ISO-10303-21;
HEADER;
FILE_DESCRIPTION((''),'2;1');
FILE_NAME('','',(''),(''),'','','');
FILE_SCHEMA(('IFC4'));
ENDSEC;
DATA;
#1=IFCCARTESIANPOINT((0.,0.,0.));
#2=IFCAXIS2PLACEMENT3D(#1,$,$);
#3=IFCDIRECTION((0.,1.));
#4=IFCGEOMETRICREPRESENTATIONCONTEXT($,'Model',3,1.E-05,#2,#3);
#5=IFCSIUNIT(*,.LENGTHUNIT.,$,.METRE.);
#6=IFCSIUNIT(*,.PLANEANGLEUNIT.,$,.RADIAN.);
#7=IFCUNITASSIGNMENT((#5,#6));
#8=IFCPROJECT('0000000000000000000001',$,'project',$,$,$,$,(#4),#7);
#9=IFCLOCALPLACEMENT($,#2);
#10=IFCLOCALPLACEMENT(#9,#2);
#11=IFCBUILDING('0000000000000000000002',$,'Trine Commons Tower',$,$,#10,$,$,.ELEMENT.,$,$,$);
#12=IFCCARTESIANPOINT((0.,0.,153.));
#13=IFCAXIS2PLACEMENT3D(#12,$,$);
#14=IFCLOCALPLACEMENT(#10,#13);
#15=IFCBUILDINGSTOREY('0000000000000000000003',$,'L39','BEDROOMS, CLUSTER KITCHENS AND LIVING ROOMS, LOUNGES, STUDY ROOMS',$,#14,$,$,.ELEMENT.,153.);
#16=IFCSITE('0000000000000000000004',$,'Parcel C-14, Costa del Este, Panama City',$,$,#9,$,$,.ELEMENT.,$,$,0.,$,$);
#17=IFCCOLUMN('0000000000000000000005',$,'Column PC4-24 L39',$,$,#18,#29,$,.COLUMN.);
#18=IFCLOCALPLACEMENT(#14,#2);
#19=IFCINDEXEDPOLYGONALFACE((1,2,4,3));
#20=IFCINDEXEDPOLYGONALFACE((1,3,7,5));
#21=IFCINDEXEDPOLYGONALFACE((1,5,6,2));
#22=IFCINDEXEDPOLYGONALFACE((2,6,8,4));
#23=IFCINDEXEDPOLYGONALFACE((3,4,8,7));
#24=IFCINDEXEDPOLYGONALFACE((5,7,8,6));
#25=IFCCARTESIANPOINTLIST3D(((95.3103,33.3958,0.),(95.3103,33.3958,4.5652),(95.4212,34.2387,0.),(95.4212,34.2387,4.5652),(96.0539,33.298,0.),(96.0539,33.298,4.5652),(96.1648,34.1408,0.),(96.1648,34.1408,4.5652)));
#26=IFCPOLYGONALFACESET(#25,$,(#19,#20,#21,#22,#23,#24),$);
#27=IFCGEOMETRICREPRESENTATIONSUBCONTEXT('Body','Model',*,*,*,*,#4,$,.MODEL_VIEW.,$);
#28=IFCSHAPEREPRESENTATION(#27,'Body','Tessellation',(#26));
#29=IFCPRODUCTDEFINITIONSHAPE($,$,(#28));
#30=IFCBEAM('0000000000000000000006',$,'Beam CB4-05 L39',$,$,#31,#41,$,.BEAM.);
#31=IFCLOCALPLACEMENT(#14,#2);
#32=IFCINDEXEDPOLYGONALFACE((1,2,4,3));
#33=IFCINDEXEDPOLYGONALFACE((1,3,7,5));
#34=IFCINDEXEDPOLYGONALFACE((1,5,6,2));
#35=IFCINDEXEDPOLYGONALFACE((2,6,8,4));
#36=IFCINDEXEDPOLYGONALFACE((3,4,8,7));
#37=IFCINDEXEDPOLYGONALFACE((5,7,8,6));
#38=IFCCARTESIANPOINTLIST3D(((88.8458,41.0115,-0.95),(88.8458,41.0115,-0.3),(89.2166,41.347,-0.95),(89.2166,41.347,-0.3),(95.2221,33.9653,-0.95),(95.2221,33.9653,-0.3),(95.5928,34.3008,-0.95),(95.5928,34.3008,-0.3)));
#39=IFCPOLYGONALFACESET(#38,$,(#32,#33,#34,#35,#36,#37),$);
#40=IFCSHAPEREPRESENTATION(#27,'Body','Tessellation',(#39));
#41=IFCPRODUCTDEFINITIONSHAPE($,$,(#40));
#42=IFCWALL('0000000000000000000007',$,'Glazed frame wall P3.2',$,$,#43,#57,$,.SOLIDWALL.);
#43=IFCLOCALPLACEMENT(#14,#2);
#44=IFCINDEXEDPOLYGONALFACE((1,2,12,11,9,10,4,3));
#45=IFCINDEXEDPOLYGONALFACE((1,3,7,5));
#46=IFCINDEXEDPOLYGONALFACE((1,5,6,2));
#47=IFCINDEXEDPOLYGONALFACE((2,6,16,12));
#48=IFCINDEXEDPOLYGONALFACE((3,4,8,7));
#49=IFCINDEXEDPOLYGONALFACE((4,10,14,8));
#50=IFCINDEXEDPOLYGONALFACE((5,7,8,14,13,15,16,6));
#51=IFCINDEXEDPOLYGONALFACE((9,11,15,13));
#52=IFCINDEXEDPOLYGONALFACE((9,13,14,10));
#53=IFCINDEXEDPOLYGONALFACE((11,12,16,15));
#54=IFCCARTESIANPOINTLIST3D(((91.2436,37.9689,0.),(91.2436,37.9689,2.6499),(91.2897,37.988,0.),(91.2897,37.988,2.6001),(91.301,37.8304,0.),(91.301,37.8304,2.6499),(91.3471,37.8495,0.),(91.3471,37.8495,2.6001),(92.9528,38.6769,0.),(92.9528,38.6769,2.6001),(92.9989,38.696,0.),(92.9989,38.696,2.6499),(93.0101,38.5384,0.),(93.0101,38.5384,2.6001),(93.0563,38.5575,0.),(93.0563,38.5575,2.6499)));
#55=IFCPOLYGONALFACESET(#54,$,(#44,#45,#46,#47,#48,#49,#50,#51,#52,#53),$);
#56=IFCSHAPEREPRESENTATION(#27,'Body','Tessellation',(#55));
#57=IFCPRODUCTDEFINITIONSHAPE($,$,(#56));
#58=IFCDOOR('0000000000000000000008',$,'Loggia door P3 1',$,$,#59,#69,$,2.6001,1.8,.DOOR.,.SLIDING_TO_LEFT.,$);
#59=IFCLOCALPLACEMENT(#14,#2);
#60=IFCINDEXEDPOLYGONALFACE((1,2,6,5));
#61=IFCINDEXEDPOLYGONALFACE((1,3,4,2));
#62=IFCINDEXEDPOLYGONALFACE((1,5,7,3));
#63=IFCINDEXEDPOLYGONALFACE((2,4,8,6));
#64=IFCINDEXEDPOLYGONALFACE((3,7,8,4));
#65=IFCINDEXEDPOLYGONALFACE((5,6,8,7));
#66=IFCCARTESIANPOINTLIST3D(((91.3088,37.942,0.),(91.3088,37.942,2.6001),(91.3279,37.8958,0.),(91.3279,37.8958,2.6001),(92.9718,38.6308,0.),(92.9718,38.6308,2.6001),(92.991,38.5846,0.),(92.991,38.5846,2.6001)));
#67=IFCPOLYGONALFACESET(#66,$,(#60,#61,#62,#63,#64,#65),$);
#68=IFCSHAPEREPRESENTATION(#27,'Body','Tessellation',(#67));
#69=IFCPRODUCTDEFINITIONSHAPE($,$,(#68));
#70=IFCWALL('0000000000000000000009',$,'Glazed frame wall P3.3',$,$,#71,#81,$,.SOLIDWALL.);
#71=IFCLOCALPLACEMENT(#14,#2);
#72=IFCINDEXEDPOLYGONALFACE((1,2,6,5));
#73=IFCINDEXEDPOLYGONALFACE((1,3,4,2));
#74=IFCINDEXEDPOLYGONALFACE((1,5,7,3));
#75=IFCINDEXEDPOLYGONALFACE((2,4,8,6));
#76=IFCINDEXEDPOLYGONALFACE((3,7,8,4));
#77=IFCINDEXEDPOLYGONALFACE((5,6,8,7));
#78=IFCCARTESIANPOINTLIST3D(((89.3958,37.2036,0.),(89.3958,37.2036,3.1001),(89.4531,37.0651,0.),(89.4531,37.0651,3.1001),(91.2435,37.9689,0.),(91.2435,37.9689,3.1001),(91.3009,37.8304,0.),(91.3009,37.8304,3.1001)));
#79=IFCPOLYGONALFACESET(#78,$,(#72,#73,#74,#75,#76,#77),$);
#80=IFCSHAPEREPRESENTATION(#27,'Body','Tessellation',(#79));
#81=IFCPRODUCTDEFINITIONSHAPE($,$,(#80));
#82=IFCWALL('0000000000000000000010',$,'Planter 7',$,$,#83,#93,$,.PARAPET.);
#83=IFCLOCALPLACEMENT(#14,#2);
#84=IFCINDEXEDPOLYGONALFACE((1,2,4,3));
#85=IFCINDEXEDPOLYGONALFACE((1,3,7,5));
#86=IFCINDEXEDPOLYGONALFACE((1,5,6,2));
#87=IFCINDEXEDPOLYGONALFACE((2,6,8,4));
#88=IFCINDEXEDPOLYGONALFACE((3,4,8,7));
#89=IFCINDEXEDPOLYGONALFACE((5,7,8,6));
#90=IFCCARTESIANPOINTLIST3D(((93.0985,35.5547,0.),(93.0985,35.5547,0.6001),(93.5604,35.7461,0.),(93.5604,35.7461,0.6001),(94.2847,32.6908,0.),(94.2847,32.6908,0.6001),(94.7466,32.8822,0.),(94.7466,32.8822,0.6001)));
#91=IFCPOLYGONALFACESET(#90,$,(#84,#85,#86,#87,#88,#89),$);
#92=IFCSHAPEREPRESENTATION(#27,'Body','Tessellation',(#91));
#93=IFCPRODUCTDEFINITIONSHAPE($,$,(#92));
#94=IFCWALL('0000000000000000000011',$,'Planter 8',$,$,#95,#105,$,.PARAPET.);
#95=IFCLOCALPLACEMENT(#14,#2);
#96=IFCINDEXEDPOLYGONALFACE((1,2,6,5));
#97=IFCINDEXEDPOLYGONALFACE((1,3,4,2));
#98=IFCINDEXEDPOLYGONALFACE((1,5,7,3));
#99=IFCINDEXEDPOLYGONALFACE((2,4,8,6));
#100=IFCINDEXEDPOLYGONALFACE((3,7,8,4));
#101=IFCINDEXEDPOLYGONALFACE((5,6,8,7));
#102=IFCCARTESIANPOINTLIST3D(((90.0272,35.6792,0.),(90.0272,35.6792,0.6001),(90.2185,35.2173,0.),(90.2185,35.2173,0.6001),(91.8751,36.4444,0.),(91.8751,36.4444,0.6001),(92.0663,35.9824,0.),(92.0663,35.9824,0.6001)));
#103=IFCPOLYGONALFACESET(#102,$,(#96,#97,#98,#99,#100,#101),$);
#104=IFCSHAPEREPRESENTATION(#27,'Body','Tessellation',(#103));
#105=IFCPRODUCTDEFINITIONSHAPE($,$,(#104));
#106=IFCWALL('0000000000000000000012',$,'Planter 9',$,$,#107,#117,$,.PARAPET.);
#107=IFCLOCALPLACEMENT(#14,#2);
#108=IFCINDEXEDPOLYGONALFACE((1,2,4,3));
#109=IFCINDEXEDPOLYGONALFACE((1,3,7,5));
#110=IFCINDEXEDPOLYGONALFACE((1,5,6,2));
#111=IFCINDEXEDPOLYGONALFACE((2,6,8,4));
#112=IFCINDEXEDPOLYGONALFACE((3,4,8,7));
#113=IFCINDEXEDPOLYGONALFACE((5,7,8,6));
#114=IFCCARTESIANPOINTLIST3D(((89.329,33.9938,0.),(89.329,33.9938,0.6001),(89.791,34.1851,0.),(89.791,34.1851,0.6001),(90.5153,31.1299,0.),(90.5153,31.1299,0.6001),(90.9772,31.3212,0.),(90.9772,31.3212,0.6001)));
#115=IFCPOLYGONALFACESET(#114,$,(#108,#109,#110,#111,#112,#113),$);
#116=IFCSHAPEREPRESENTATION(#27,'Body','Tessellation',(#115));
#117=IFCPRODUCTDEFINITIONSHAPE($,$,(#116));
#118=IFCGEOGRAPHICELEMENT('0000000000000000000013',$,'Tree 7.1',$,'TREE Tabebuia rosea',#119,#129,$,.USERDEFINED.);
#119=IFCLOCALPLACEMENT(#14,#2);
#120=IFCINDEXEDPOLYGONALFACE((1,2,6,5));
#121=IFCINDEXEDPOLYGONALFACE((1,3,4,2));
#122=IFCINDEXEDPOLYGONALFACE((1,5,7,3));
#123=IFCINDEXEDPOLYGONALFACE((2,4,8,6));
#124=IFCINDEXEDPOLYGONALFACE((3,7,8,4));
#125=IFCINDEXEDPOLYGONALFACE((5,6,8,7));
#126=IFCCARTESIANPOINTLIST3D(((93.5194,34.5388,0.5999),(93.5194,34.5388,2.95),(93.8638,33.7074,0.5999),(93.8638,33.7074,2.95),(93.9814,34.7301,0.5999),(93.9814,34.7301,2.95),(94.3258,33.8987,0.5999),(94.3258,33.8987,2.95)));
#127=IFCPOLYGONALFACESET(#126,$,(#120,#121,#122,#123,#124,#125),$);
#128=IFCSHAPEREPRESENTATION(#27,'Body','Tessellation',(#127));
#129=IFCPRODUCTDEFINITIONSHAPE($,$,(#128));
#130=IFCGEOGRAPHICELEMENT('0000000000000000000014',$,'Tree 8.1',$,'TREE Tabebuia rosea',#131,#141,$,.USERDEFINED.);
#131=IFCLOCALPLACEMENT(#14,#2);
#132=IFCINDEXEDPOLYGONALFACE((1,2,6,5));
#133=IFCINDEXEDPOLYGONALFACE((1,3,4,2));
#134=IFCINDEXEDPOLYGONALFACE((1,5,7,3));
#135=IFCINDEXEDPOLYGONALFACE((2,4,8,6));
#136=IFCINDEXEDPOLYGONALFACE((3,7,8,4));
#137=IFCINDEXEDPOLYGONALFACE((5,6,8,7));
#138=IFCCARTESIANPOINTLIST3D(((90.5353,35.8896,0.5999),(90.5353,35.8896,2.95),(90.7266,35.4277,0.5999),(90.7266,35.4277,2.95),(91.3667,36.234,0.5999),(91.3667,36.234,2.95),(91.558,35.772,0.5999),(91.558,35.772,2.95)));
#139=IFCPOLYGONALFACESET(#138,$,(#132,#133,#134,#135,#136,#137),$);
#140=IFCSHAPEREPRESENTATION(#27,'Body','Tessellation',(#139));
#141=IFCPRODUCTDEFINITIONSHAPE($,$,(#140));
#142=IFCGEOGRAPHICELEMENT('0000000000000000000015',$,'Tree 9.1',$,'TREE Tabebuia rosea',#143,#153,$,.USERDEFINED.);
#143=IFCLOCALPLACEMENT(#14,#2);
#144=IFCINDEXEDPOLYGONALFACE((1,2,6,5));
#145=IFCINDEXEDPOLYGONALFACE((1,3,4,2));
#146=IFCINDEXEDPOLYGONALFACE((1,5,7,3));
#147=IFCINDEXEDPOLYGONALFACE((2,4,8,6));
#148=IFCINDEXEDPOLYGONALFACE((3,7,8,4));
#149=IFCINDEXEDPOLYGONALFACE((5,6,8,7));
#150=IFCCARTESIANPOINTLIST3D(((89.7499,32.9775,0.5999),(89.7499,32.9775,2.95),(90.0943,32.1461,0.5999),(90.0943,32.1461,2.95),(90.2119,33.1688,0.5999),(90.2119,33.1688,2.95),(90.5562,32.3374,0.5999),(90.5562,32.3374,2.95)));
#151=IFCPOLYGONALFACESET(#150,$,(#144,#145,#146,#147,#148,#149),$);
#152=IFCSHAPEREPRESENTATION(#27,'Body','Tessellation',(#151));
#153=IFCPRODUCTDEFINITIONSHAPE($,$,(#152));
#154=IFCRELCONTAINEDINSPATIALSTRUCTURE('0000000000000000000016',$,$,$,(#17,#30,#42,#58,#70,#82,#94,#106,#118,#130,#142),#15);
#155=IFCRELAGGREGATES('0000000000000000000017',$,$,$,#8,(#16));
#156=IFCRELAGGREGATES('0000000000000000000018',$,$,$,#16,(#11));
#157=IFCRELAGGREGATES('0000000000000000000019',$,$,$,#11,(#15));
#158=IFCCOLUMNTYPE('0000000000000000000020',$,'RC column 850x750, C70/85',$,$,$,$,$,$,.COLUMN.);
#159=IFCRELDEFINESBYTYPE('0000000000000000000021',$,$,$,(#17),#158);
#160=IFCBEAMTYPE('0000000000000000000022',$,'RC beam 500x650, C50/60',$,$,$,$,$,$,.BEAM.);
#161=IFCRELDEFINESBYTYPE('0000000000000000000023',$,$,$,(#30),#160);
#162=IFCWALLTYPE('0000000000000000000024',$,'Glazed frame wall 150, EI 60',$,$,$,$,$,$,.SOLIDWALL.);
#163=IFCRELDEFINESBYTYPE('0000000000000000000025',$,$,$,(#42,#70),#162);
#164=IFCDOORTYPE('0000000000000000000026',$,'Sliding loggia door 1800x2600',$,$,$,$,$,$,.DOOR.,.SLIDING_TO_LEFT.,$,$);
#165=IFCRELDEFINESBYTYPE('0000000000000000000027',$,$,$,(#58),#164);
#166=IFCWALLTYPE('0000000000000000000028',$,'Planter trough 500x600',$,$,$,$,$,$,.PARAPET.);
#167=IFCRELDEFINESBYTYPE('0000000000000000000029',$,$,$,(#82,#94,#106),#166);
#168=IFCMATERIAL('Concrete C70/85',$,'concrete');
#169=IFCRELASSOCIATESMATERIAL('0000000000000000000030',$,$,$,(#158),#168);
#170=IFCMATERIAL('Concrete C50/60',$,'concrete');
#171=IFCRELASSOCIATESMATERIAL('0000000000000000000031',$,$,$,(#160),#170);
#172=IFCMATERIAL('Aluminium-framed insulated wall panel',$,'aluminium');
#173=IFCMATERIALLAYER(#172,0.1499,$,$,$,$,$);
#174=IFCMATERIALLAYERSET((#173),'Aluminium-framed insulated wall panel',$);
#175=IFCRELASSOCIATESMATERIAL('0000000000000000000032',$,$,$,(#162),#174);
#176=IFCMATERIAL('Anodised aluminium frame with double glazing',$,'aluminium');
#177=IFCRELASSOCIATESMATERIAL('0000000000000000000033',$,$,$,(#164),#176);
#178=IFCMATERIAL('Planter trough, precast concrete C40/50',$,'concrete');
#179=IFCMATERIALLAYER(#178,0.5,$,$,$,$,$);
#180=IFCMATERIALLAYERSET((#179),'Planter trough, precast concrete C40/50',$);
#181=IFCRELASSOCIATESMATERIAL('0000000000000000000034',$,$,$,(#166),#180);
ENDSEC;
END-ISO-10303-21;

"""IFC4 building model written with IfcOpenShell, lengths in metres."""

from ifc_helpers import new_model, si_unit, direction, frame, frame_2d, origin, origin_2d, place, context, subcontext, project, spatial, polyline, rectangle, outline, extrude, material, layer, layer_set, material_profile, profile_set, type_object, element, fill, save


model = new_model("IFC4")

# Units and contexts
model_context = context("Model", 3, precision=1e-05, world=origin(), true_north=direction((0.0, 1.0)))
body_context = subcontext(model_context, "Body", "Model", "MODEL_VIEW")
ifc_project = project(units=[si_unit("LENGTHUNIT", "METRE"), si_unit("PLANEANGLEUNIT", "RADIAN")], contexts=[model_context])

# Site, building, storey
site_placement = place(None, origin())
site = spatial("IfcSite", under=ifc_project, at=site_placement, Name="Parcel C-14, Costa del Este, Panama City", CompositionType="ELEMENT", RefElevation=0.0)
building_placement = place(site_placement, origin())
building = spatial("IfcBuilding", under=site, at=building_placement, Name="Trine Commons Tower", CompositionType="ELEMENT")
storey_placement = place(building_placement, frame((0.0, 0.0, 153.0)))
storey = spatial("IfcBuildingStorey", under=building, at=storey_placement, Name="L39", Description="BEDROOMS, CLUSTER KITCHENS AND LIVING ROOMS, LOUNGES, STUDY ROOMS", CompositionType="ELEMENT", Elevation=153.0)

# Column
ifc_material_1 = material(Name="Concrete C70/85", Category="concrete")
ifc_material_profile_1 = material_profile(ifc_material_1, rectangle(XDim=0.8501, YDim=0.75, at=origin_2d()), Name="RC 850x750")
ifc_profile_set_1 = profile_set([ifc_material_profile_1], Name="Concrete C70/85")
column_type = type_object("IfcColumnType", Name="RC column 850x750, C70/85", PredefinedType="COLUMN", material=ifc_profile_set_1)
column_placement = place(storey_placement, frame((95.7375, 33.7683, 0.0), z_axis=(0.0, 0.0, 1.0), x_axis=(0.130526, 0.991445, 0.0)))
element("IfcColumn", 1, at=column_placement, inside=storey, type_object=column_type, Name="Column PC4-24 L39", PredefinedType="COLUMN", context=body_context, shape_type="SweptSolid", body=[
    extrude(rectangle(XDim=0.8501, YDim=0.75, at=origin_2d()), origin(), (0.0, 0.0, 1.0), 4.5652),
])

# Beam
ifc_material_2 = material(Name="Concrete C50/60", Category="concrete")
ifc_material_profile_2 = material_profile(ifc_material_2, rectangle(XDim=0.5, YDim=0.6499, at=origin_2d()), Name="RC 500x650")
ifc_profile_set_2 = profile_set([ifc_material_profile_2], Name="Concrete C50/60")
beam_type = type_object("IfcBeamType", Name="RC beam 500x650, C50/60", PredefinedType="BEAM", material=ifc_profile_set_2)
beam_placement = place(storey_placement, frame((95.4075, 34.1331, -0.625), z_axis=(-0.670979, 0.741476, 0.0), x_axis=(-0.741476, -0.670979, 0.0)))
element("IfcBeam", 2, at=beam_placement, inside=storey, type_object=beam_type, Name="Beam CB4-05 L39", PredefinedType="BEAM", context=body_context, shape_type="SweptSolid", body=[
    extrude(rectangle(XDim=0.5, YDim=0.6499, at=origin_2d()), origin(), (0.0, 0.0, 1.0), 9.5029),
])

# Shared definitions
ifc_material_3 = material(Name="Aluminium-framed insulated wall panel", Category="aluminium")
ifc_layer_1 = layer(ifc_material_3, 0.1499)
ifc_layer_set_1 = layer_set([ifc_layer_1], Name="Aluminium-framed insulated wall panel")
wall_type_1 = type_object("IfcWallType", Name="Glazed frame wall 150, EI 60", PredefinedType="SOLIDWALL", material=ifc_layer_set_1)

# Wall, opening, door
wall_1_placement = place(storey_placement, frame((93.0276, 38.6267, 0.0), z_axis=(0.0, 0.0, 1.0), x_axis=(-0.923888, -0.382662, 0.0)))
wall_1 = element("IfcWall", 3, at=wall_1_placement, inside=storey, type_object=wall_type_1, Name="Glazed frame wall P3.2", PredefinedType="SOLIDWALL", context=body_context, shape_type="SweptSolid", body=[
    extrude(outline(polyline([(0.0, -0.075), (1.8999, -0.075), (1.8999, 0.075), (0.0, 0.075), (0.0, -0.075)])), origin(), (0.0, 0.0, 1.0), 2.6499),
])
opening_placement = place(wall_1_placement, frame((0.05, 0.0, 0.0)))
opening = element("IfcOpeningElement", 4, at=opening_placement, cuts=wall_1, PredefinedType="OPENING", context=body_context, shape_type="SweptSolid", body=[
    extrude(rectangle(XDim=1.8, YDim=2.6001, at=frame_2d((0.8999, 1.3))), frame((0.0, 0.085, 0.0), z_axis=(0.0, -1.0, 0.0), x_axis=(1.0, 0.0, 0.0)), (0.0, 0.0, 1.0), 0.1699),
])
ifc_material_4 = material(Name="Anodised aluminium frame with double glazing", Category="aluminium")
door_type = type_object("IfcDoorType", Name="Sliding loggia door 1800x2600", OperationType="SLIDING_TO_LEFT", PredefinedType="DOOR", material=ifc_material_4)
door_placement = place(opening_placement, origin())
door = element("IfcDoor", 5, at=door_placement, inside=storey, type_object=door_type, Name="Loggia door P3 1", OperationType="SLIDING_TO_LEFT", OverallHeight=2.6001, OverallWidth=1.8, PredefinedType="DOOR", context=body_context, shape_type="SweptSolid", body=[
    extrude(rectangle(XDim=1.8, YDim=2.6001, at=frame_2d((0.8999, 1.3))), frame((0.0, 0.0249, 0.0), z_axis=(0.0, -1.0, 0.0), x_axis=(1.0, 0.0, 0.0)), (0.0, 0.0, 1.0), 0.05),
])
fill(opening, door)

# Walls
wall_2_placement = place(storey_placement, frame((91.2722, 37.8997, 0.0), z_axis=(0.0, 0.0, 1.0), x_axis=(-0.923887, -0.382664, 0.0)))
element("IfcWall", 6, at=wall_2_placement, inside=storey, type_object=wall_type_1, Name="Glazed frame wall P3.3", PredefinedType="SOLIDWALL", context=body_context, shape_type="SweptSolid", body=[
    extrude(outline(polyline([(0.0, -0.075), (2.0, -0.075), (2.0, 0.075), (0.0, 0.075), (0.0, -0.075)])), origin(), (0.0, 0.0, 1.0), 3.1001),
])
ifc_material_5 = material(Name="Planter trough, precast concrete C40/50", Category="concrete")
ifc_layer_2 = layer(ifc_material_5, 0.5)
ifc_layer_set_2 = layer_set([ifc_layer_2], Name="Planter trough, precast concrete C40/50")
wall_type_2 = type_object("IfcWallType", Name="Planter trough 500x600", PredefinedType="PARAPET", material=ifc_layer_set_2)
wall_3_placement = place(storey_placement, frame((94.5156, 32.7866, 0.0), z_axis=(0.0, 0.0, 1.0), x_axis=(-0.382674, 0.923883, 0.0)))
element("IfcWall", 7, at=wall_3_placement, inside=storey, type_object=wall_type_2, Name="Planter 7", PredefinedType="PARAPET", context=body_context, shape_type="SweptSolid", body=[
    extrude(rectangle(XDim=3.0999, YDim=0.5, at=frame_2d((1.5498, 0.0))), origin(), (0.0, 0.0, 1.0), 0.6001),
])
wall_4_placement = place(storey_placement, frame((91.9707, 36.2134, 0.0), z_axis=(0.0, 0.0, 1.0), x_axis=(-0.923931, -0.38256, 0.0)))
element("IfcWall", 8, at=wall_4_placement, inside=storey, type_object=wall_type_2, Name="Planter 8", PredefinedType="PARAPET", context=body_context, shape_type="SweptSolid", body=[
    extrude(rectangle(XDim=2.0, YDim=0.5, at=frame_2d((1.0, 0.0))), origin(), (0.0, 0.0, 1.0), 0.6001),
])
wall_5_placement = place(storey_placement, frame((89.5601, 34.0894, 0.0), z_axis=(0.0, 0.0, 1.0), x_axis=(0.382674, -0.923883, 0.0)))
element("IfcWall", 9, at=wall_5_placement, inside=storey, type_object=wall_type_2, Name="Planter 9", PredefinedType="PARAPET", context=body_context, shape_type="SweptSolid", body=[
    extrude(rectangle(XDim=3.0999, YDim=0.5, at=frame_2d((1.5498, 0.0))), origin(), (0.0, 0.0, 1.0), 0.6001),
])

# Geographic elements
for number, where, z_axis, x_axis, name in (
    (10, (93.9226, 34.2188, 0.5999), (0.0, 0.0, 1.0), (-0.382695, 0.923875, 0.0), "Tree 7.1"),
    (11, (91.0466, 35.8308, 0.5999), (0.0, 0.0, 1.0), (-0.923878, -0.382688, 0.0), "Tree 8.1"),
    (12, (90.1531, 32.6575, 0.5999), (0.0, 0.0, 1.0), (0.382695, -0.923875, 0.0), "Tree 9.1"),
):
    element("IfcGeographicElement", number, at=place(storey_placement, frame(where, z_axis=z_axis, x_axis=x_axis)), inside=storey, Name=name, ObjectType="TREE Tabebuia rosea", PredefinedType="USERDEFINED", context=body_context, shape_type="SweptSolid", body=[
        extrude(rectangle(XDim=0.8999, YDim=0.5, at=origin_2d()), origin(), (0.0, 0.0, 1.0), 2.3501),
    ])

save(model, "model.ifc")
